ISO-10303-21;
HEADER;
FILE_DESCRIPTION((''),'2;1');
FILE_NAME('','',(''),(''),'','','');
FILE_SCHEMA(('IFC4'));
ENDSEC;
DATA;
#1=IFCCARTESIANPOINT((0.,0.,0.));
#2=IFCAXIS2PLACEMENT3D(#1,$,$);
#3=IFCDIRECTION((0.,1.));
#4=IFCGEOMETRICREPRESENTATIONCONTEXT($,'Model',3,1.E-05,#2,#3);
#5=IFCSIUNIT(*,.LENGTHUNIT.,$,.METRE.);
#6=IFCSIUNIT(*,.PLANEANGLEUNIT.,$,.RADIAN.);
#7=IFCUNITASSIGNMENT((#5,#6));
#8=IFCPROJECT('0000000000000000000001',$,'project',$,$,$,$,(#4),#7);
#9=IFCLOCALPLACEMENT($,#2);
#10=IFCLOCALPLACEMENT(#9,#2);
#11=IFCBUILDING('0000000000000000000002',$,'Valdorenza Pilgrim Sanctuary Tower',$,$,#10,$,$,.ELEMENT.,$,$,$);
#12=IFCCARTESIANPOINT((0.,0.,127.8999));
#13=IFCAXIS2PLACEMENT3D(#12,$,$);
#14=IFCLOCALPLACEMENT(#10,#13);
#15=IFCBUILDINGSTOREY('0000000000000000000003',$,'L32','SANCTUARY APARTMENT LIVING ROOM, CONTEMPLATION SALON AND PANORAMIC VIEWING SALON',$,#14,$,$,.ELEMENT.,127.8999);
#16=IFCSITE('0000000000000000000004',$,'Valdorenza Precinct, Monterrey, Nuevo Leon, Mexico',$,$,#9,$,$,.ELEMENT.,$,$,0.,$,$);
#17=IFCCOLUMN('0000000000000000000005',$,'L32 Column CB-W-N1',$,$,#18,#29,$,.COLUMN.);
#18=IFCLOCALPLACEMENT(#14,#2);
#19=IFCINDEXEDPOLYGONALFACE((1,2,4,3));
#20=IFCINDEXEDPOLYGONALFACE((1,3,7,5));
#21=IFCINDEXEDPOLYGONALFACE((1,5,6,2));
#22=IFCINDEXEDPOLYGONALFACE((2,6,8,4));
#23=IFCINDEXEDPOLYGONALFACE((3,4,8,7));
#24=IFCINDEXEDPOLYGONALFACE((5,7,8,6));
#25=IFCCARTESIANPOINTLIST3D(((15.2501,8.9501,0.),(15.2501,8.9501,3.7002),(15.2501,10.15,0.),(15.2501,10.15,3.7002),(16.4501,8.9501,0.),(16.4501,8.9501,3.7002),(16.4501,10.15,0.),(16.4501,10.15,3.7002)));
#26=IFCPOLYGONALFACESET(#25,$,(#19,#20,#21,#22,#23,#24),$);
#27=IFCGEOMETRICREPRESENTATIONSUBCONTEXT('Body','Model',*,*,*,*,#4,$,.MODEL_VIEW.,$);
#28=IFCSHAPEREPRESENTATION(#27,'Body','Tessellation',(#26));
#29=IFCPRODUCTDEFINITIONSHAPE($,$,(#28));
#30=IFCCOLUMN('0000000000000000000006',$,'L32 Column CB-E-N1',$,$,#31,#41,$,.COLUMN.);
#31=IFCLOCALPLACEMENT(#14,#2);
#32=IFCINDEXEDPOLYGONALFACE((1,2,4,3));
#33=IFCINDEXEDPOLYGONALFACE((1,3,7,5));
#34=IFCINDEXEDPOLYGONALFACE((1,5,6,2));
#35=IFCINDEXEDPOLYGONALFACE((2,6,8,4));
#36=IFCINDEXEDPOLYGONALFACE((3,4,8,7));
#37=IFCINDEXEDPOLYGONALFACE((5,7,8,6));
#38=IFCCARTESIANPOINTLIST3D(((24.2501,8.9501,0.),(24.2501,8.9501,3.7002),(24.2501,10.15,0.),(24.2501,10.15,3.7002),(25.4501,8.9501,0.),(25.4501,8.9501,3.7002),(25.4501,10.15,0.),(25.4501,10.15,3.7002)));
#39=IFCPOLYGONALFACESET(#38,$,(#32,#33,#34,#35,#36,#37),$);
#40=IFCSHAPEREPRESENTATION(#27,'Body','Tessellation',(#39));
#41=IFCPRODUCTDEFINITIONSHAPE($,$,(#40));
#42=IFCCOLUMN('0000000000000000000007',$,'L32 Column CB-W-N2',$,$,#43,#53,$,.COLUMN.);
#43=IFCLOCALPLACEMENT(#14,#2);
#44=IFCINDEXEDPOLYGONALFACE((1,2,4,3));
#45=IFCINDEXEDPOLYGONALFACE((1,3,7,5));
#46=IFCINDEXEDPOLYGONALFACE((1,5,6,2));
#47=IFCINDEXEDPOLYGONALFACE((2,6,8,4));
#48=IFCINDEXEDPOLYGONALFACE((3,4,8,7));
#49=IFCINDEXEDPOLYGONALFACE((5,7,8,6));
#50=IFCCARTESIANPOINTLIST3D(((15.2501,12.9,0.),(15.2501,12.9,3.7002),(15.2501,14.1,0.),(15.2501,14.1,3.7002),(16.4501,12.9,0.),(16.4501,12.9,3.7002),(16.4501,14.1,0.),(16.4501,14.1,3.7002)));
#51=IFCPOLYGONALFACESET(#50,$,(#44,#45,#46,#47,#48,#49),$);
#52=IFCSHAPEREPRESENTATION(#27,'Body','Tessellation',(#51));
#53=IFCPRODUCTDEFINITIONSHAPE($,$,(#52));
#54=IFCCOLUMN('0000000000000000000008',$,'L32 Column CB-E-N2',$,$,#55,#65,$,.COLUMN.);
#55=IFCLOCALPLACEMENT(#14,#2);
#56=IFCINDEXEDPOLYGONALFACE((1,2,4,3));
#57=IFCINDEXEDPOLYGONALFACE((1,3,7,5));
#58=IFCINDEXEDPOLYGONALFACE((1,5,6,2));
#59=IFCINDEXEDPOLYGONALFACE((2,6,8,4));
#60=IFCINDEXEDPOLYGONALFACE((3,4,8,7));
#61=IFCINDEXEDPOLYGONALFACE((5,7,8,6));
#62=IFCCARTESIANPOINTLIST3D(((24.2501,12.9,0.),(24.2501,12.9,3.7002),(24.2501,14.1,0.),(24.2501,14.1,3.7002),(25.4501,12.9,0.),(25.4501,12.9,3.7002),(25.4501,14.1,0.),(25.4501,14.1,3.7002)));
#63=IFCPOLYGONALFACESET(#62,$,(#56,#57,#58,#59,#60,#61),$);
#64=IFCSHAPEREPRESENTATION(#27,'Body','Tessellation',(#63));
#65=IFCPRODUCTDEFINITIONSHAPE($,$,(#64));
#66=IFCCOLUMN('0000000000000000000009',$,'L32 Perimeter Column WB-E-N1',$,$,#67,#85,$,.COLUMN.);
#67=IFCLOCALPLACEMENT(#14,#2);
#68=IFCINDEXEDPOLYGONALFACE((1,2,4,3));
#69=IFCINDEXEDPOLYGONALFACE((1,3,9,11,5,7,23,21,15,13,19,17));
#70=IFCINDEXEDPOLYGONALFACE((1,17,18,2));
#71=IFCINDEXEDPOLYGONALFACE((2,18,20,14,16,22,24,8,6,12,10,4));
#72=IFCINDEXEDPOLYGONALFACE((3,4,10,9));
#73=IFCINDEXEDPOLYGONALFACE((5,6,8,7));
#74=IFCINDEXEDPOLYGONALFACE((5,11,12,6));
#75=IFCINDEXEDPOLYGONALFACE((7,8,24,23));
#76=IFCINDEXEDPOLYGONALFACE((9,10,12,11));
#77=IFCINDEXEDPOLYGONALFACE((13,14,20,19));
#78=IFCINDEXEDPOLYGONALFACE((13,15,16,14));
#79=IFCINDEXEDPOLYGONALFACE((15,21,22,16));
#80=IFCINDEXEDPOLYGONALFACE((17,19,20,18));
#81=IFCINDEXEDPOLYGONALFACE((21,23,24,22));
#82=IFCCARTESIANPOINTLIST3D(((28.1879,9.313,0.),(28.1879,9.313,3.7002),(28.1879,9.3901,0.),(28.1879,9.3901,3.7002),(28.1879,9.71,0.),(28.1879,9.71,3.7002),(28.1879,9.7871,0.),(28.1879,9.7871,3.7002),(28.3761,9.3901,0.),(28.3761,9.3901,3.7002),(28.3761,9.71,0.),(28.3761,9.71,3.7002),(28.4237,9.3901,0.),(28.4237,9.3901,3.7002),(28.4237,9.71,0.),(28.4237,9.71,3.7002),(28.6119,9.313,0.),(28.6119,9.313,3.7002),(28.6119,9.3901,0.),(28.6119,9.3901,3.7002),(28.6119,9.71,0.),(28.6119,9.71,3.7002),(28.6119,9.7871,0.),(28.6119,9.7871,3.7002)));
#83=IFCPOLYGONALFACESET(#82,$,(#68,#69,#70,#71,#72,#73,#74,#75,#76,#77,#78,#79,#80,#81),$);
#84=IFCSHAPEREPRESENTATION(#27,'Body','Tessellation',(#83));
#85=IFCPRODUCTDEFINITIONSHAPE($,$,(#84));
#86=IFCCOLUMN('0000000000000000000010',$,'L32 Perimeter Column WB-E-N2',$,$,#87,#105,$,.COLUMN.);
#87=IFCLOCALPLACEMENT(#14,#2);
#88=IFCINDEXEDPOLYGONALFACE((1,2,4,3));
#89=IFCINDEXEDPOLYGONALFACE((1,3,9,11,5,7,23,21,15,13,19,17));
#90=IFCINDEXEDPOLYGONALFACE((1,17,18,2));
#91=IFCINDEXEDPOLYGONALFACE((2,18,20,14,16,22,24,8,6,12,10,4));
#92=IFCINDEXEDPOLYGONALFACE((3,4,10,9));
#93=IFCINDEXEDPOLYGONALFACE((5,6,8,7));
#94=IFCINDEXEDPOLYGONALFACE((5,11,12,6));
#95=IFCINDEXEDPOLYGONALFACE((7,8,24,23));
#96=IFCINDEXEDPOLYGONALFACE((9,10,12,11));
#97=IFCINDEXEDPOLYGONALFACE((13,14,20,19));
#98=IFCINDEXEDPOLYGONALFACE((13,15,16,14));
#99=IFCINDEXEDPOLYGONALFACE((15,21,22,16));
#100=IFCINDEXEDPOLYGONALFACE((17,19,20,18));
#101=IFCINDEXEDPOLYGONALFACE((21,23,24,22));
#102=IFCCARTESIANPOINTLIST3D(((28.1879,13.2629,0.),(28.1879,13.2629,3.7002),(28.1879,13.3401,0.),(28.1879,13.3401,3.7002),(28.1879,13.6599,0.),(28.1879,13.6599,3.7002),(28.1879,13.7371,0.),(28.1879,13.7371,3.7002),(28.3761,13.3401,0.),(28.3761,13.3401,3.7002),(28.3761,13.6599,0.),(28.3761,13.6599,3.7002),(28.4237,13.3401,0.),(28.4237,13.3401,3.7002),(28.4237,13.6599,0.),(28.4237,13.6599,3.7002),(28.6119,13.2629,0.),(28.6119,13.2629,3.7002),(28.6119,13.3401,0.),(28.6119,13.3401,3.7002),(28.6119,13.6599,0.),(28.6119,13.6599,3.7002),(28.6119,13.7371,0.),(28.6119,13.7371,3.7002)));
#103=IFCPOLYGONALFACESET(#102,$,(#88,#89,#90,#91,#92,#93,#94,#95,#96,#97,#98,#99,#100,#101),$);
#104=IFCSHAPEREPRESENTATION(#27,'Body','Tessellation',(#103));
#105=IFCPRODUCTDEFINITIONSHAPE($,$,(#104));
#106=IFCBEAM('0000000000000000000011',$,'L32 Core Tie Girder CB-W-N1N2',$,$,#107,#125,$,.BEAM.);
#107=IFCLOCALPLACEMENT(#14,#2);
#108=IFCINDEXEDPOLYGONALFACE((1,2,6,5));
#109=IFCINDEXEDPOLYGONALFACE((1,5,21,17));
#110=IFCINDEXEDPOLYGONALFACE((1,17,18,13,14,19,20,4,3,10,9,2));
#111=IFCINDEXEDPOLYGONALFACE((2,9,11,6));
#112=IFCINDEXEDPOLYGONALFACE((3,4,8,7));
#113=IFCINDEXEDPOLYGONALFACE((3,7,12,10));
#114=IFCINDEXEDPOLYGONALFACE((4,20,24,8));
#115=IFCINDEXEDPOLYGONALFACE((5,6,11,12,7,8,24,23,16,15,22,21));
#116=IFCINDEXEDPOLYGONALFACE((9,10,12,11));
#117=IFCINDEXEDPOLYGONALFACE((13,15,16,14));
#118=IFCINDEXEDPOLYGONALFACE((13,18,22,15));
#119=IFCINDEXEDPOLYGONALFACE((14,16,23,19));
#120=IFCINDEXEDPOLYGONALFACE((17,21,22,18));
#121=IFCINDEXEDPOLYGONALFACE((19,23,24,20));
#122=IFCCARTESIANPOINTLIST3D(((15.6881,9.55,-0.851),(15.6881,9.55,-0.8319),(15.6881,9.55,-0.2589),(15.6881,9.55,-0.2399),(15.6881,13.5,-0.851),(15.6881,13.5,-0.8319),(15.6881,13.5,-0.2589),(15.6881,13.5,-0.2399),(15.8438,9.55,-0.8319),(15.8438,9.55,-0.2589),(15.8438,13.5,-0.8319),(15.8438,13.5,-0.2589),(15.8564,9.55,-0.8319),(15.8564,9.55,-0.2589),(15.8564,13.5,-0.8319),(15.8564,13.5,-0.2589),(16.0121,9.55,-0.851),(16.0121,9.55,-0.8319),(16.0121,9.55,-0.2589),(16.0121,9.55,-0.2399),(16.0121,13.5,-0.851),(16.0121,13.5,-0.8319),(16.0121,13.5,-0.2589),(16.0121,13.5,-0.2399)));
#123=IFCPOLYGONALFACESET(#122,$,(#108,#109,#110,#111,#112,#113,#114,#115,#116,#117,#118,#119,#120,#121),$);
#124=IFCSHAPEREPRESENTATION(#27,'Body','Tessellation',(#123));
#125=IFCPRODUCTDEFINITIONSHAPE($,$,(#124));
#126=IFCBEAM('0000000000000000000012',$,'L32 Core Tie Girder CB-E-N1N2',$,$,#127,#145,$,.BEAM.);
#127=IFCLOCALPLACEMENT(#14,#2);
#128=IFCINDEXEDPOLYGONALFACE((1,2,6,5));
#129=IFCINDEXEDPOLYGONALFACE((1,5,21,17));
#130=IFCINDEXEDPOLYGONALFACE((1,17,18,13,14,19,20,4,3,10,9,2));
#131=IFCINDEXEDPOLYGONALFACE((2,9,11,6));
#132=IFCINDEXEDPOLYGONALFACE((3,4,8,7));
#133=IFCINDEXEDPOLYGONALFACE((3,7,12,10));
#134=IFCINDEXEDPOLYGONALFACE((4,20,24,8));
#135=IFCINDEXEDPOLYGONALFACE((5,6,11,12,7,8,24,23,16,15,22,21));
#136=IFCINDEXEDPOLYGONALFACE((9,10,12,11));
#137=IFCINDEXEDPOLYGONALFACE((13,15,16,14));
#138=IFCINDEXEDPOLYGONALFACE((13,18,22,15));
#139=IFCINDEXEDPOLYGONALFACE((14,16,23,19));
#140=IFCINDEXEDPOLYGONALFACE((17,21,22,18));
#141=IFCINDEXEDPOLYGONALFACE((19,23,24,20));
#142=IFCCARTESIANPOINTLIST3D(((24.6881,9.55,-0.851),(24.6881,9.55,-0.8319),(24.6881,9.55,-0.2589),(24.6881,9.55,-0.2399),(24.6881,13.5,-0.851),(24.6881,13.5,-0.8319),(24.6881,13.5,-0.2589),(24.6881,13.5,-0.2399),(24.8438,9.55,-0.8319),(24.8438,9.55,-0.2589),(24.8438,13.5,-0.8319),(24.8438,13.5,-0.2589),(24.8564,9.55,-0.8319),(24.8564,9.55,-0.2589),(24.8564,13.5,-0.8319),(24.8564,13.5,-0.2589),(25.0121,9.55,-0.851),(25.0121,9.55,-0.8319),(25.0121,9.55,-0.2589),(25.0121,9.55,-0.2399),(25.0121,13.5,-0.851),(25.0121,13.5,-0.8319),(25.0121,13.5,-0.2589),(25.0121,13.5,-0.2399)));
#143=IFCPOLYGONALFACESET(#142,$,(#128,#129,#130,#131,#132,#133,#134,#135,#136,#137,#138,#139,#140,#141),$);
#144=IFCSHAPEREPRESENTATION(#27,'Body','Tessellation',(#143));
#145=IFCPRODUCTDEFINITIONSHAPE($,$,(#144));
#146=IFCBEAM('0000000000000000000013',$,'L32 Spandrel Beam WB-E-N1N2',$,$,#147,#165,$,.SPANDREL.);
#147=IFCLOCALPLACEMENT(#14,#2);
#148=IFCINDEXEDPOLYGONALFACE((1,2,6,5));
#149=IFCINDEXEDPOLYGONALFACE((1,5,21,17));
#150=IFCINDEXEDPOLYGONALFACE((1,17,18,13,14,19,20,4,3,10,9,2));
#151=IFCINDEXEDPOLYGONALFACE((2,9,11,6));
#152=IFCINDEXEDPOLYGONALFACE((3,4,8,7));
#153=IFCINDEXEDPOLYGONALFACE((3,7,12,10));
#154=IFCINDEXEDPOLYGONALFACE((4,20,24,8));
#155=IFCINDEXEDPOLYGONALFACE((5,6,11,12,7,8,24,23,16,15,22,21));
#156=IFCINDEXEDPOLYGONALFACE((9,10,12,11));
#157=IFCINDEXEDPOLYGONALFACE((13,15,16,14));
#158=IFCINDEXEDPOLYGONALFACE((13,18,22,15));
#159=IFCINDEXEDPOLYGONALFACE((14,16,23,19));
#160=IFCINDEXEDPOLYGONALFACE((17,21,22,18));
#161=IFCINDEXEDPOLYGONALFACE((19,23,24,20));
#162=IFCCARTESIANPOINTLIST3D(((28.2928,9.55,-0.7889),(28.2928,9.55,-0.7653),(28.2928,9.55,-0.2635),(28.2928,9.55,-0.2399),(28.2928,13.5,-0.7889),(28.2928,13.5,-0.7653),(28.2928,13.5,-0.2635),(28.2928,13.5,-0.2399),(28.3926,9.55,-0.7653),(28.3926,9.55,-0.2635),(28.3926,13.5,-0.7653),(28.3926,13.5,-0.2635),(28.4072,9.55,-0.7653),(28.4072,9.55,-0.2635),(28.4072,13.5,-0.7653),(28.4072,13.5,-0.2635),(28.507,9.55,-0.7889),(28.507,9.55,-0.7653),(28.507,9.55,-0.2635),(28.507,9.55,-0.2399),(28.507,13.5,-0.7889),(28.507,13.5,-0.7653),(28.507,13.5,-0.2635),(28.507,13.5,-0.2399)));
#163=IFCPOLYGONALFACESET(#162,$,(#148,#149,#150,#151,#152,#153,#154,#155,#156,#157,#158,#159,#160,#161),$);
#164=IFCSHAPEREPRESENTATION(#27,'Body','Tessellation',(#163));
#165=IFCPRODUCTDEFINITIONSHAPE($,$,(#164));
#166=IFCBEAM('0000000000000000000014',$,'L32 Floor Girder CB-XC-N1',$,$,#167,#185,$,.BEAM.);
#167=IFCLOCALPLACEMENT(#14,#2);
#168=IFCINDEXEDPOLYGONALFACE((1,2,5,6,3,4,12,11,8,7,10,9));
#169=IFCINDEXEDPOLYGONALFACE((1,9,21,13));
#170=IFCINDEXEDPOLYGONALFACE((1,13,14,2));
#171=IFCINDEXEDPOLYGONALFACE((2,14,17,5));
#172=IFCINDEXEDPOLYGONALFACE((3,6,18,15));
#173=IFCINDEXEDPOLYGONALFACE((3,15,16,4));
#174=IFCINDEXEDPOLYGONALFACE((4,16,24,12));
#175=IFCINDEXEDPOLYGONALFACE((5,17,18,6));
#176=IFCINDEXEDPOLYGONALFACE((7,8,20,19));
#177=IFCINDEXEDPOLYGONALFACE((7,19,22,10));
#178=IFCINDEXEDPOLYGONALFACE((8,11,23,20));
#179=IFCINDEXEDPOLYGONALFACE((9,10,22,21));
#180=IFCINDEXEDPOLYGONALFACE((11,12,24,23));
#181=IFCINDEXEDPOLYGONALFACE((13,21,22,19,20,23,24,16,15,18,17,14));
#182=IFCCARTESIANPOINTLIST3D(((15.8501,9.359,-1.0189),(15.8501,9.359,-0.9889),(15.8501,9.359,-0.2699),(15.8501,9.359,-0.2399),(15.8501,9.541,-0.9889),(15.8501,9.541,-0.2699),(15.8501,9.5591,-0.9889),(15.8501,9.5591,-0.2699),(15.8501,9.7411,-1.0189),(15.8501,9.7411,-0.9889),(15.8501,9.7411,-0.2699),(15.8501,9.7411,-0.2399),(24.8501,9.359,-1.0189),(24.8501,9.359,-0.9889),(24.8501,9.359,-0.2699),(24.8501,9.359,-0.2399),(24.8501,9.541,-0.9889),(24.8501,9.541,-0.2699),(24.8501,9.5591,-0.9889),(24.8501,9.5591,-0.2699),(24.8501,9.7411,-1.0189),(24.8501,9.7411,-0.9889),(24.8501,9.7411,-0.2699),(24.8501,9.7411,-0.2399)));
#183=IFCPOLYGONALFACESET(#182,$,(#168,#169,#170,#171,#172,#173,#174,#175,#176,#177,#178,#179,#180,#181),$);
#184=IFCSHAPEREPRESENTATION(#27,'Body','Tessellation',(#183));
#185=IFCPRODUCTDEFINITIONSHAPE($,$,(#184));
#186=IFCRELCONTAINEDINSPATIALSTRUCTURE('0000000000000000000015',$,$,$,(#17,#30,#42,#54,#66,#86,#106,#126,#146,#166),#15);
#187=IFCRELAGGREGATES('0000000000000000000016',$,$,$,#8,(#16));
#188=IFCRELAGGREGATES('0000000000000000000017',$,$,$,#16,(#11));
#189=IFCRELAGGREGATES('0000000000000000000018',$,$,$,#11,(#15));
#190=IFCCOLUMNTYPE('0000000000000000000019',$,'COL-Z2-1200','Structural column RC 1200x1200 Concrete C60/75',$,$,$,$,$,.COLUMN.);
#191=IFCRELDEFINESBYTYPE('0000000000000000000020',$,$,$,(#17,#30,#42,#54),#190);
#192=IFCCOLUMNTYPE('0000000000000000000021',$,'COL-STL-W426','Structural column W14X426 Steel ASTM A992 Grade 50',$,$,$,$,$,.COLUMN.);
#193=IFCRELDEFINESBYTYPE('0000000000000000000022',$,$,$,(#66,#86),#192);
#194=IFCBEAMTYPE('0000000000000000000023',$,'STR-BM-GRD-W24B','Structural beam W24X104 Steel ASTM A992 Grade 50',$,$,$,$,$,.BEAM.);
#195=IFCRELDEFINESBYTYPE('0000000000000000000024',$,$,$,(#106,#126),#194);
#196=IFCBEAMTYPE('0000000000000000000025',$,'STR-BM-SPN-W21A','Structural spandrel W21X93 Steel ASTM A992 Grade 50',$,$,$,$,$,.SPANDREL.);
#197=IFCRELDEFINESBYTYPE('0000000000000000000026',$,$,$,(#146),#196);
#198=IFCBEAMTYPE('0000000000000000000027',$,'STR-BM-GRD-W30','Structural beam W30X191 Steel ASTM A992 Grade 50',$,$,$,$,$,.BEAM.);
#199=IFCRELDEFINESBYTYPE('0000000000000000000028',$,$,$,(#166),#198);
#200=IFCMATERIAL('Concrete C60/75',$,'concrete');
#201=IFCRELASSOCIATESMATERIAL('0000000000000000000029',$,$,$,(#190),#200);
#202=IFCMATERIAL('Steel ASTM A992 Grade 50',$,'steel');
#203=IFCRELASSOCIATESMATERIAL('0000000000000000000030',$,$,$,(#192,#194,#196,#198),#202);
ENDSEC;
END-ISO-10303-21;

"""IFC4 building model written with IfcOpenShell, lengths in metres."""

from ifc_helpers import new_model, si_unit, direction, frame, origin, origin_2d, place, context, subcontext, project, spatial, rectangle, i_section, extrude, source, transform, mapped, material, material_profile, profile_set, type_object, element, save


model = new_model("IFC4")

# Units and contexts
model_context = context("Model", 3, precision=1e-05, world=origin(), true_north=direction((0.0, 1.0)))
body_context = subcontext(model_context, "Body", "Model", "MODEL_VIEW")
ifc_project = project(units=[si_unit("LENGTHUNIT", "METRE"), si_unit("PLANEANGLEUNIT", "RADIAN")], contexts=[model_context])

# Site, building, storey
site_placement = place(None, origin())
site = spatial("IfcSite", under=ifc_project, at=site_placement, Name="Valdorenza Precinct, Monterrey, Nuevo Leon, Mexico", CompositionType="ELEMENT", RefElevation=0.0)
building_placement = place(site_placement, origin())
building = spatial("IfcBuilding", under=site, at=building_placement, Name="Valdorenza Pilgrim Sanctuary Tower", CompositionType="ELEMENT")
storey_placement = place(building_placement, frame((0.0, 0.0, 127.8999)))
storey = spatial("IfcBuildingStorey", under=building, at=storey_placement, Name="L32", Description="SANCTUARY APARTMENT LIVING ROOM, CONTEMPLATION SALON AND PANORAMIC VIEWING SALON", CompositionType="ELEMENT", Elevation=127.8999)

# Columns
ifc_material_1 = material(Name="Concrete C60/75", Category="concrete")
ifc_material_profile_1 = material_profile(ifc_material_1, rectangle(XDim=1.2, YDim=1.2, at=origin_2d()), Name="RC 1200x1200")
ifc_profile_set_1 = profile_set([ifc_material_profile_1], Name="Concrete C60/75")
column_type_1 = type_object("IfcColumnType", Name="COL-Z2-1200", Description="Structural column RC 1200x1200 Concrete C60/75", PredefinedType="COLUMN", material=ifc_profile_set_1)
shared_shape_1 = source(origin(), body_context, "Body", "SweptSolid", [
    extrude(rectangle(XDim=1.2, YDim=1.2, at=origin_2d()), origin(), (0.0, 0.0, 1.0), 3.7002),
])
for number, where, z_axis, x_axis, name in (
    (1, (15.8501, 9.55, 0.0), (0.0, 0.0, 1.0), (1.0, 0.0, 0.0), "L32 Column CB-W-N1"),
    (2, (24.8501, 9.55, 0.0), (0.0, 0.0, 1.0), (1.0, 0.0, 0.0), "L32 Column CB-E-N1"),
    (3, (15.8501, 13.5, 0.0), (0.0, 0.0, 1.0), (1.0, 0.0, 0.0), "L32 Column CB-W-N2"),
    (4, (24.8501, 13.5, 0.0), (0.0, 0.0, 1.0), (1.0, 0.0, 0.0), "L32 Column CB-E-N2"),
):
    element("IfcColumn", number, at=place(storey_placement, frame(where, z_axis=z_axis, x_axis=x_axis)), inside=storey, type_object=column_type_1, Name=name, PredefinedType="COLUMN", context=body_context, shape_type="MappedRepresentation", body=[
        mapped(shared_shape_1, transform((0.0, 0.0, 0.0), x_axis=(1.0, 0.0, 0.0), y_axis=(0.0, 1.0, 0.0), z_axis=(0.0, 0.0, 1.0), scale=1.0)),
    ])
ifc_material_2 = material(Name="Steel ASTM A992 Grade 50", Category="steel")
ifc_material_profile_2 = material_profile(ifc_material_2, i_section(OverallWidth=0.4241, OverallDepth=0.4741, WebThickness=0.0476, FlangeThickness=0.0771, at=origin_2d()), Name="W14X426")
ifc_profile_set_2 = profile_set([ifc_material_profile_2], Name="Steel ASTM A992 Grade 50")
column_type_2 = type_object("IfcColumnType", Name="COL-STL-W426", Description="Structural column W14X426 Steel ASTM A992 Grade 50", PredefinedType="COLUMN", material=ifc_profile_set_2)
shared_shape_2 = source(origin(), body_context, "Body", "SweptSolid", [
    extrude(i_section(OverallWidth=0.4241, OverallDepth=0.4741, WebThickness=0.0476, FlangeThickness=0.0771, at=origin_2d()), origin(), (0.0, 0.0, 1.0), 3.7002),
])
for number, where, z_axis, x_axis, name in (
    (5, (28.3999, 9.55, 0.0), (0.0, 0.0, 1.0), (1.0, 0.0, 0.0), "L32 Perimeter Column WB-E-N1"),
    (6, (28.3999, 13.5, 0.0), (0.0, 0.0, 1.0), (1.0, 0.0, 0.0), "L32 Perimeter Column WB-E-N2"),
):
    element("IfcColumn", number, at=place(storey_placement, frame(where, z_axis=z_axis, x_axis=x_axis)), inside=storey, type_object=column_type_2, Name=name, PredefinedType="COLUMN", context=body_context, shape_type="MappedRepresentation", body=[
        mapped(shared_shape_2, transform((0.0, 0.0, 0.0), x_axis=(1.0, 0.0, 0.0), y_axis=(0.0, 1.0, 0.0), z_axis=(0.0, 0.0, 1.0), scale=1.0)),
    ])

# Beams
ifc_material_profile_3 = material_profile(ifc_material_2, i_section(OverallWidth=0.324, OverallDepth=0.6111, WebThickness=0.0127, FlangeThickness=0.019, at=origin_2d()), Name="W24X104")
ifc_profile_set_3 = profile_set([ifc_material_profile_3], Name="Steel ASTM A992 Grade 50")
beam_type_1 = type_object("IfcBeamType", Name="STR-BM-GRD-W24B", Description="Structural beam W24X104 Steel ASTM A992 Grade 50", PredefinedType="BEAM", material=ifc_profile_set_3)
shared_shape_3 = source(origin(), body_context, "Body", "SweptSolid", [
    extrude(i_section(OverallWidth=0.324, OverallDepth=0.6111, WebThickness=0.0127, FlangeThickness=0.019, at=origin_2d()), origin(), (0.0, 0.0, 1.0), 3.95),
])
for number, where, z_axis, x_axis, name in (
    (7, (15.8501, 9.55, -0.5454), (0.0, 1.0, 0.0), (-1.0, 0.0, 0.0), "L32 Core Tie Girder CB-W-N1N2"),
    (8, (24.8501, 9.55, -0.5454), (0.0, 1.0, 0.0), (-1.0, 0.0, 0.0), "L32 Core Tie Girder CB-E-N1N2"),
):
    element("IfcBeam", number, at=place(storey_placement, frame(where, z_axis=z_axis, x_axis=x_axis)), inside=storey, type_object=beam_type_1, Name=name, PredefinedType="BEAM", context=body_context, shape_type="MappedRepresentation", body=[
        mapped(shared_shape_3, transform((0.0, 0.0, 0.0), x_axis=(1.0, 0.0, 0.0), y_axis=(0.0, 1.0, 0.0), z_axis=(0.0, 0.0, 1.0), scale=1.0)),
    ])
ifc_material_profile_4 = material_profile(ifc_material_2, i_section(OverallWidth=0.2141, OverallDepth=0.5491, WebThickness=0.0146, FlangeThickness=0.0237, at=origin_2d()), Name="W21X93")
ifc_profile_set_4 = profile_set([ifc_material_profile_4], Name="Steel ASTM A992 Grade 50")
beam_type_2 = type_object("IfcBeamType", Name="STR-BM-SPN-W21A", Description="Structural spandrel W21X93 Steel ASTM A992 Grade 50", PredefinedType="SPANDREL", material=ifc_profile_set_4)
shared_shape_4 = source(origin(), body_context, "Body", "SweptSolid", [
    extrude(i_section(OverallWidth=0.2141, OverallDepth=0.5491, WebThickness=0.0146, FlangeThickness=0.0237, at=origin_2d()), origin(), (0.0, 0.0, 1.0), 3.95),
])
beam_placement = place(storey_placement, frame((28.3999, 9.55, -0.5144), z_axis=(0.0, 1.0, 0.0), x_axis=(-1.0, 0.0, 0.0)))
element("IfcBeam", 9, at=beam_placement, inside=storey, type_object=beam_type_2, Name="L32 Spandrel Beam WB-E-N1N2", PredefinedType="SPANDREL", context=body_context, shape_type="MappedRepresentation", body=[
    mapped(shared_shape_4, transform((0.0, 0.0, 0.0), x_axis=(1.0, 0.0, 0.0), y_axis=(0.0, 1.0, 0.0), z_axis=(0.0, 0.0, 1.0), scale=1.0)),
])
ifc_material_profile_5 = material_profile(ifc_material_2, i_section(OverallWidth=0.3821, OverallDepth=0.7791, WebThickness=0.0181, FlangeThickness=0.03, at=origin_2d()), Name="W30X191")
ifc_profile_set_5 = profile_set([ifc_material_profile_5], Name="Steel ASTM A992 Grade 50")
beam_type_3 = type_object("IfcBeamType", Name="STR-BM-GRD-W30", Description="Structural beam W30X191 Steel ASTM A992 Grade 50", PredefinedType="BEAM", material=ifc_profile_set_5)
shared_shape_5 = source(origin(), body_context, "Body", "SweptSolid", [
    extrude(i_section(OverallWidth=0.3821, OverallDepth=0.7791, WebThickness=0.0181, FlangeThickness=0.03, at=origin_2d()), origin(), (0.0, 0.0, 1.0), 9.0),
])
for number, where, z_axis, x_axis, name in (
    (10, (15.8501, 9.55, -0.6294), (1.0, 0.0, 0.0), (0.0, 1.0, 0.0), "L32 Floor Girder CB-XC-N1"),
):
    element("IfcBeam", number, at=place(storey_placement, frame(where, z_axis=z_axis, x_axis=x_axis)), inside=storey, type_object=beam_type_3, Name=name, PredefinedType="BEAM", context=body_context, shape_type="MappedRepresentation", body=[
        mapped(shared_shape_5, transform((0.0, 0.0, 0.0), x_axis=(1.0, 0.0, 0.0), y_axis=(0.0, 1.0, 0.0), z_axis=(0.0, 0.0, 1.0), scale=1.0)),
    ])

save(model, "model.ifc")
